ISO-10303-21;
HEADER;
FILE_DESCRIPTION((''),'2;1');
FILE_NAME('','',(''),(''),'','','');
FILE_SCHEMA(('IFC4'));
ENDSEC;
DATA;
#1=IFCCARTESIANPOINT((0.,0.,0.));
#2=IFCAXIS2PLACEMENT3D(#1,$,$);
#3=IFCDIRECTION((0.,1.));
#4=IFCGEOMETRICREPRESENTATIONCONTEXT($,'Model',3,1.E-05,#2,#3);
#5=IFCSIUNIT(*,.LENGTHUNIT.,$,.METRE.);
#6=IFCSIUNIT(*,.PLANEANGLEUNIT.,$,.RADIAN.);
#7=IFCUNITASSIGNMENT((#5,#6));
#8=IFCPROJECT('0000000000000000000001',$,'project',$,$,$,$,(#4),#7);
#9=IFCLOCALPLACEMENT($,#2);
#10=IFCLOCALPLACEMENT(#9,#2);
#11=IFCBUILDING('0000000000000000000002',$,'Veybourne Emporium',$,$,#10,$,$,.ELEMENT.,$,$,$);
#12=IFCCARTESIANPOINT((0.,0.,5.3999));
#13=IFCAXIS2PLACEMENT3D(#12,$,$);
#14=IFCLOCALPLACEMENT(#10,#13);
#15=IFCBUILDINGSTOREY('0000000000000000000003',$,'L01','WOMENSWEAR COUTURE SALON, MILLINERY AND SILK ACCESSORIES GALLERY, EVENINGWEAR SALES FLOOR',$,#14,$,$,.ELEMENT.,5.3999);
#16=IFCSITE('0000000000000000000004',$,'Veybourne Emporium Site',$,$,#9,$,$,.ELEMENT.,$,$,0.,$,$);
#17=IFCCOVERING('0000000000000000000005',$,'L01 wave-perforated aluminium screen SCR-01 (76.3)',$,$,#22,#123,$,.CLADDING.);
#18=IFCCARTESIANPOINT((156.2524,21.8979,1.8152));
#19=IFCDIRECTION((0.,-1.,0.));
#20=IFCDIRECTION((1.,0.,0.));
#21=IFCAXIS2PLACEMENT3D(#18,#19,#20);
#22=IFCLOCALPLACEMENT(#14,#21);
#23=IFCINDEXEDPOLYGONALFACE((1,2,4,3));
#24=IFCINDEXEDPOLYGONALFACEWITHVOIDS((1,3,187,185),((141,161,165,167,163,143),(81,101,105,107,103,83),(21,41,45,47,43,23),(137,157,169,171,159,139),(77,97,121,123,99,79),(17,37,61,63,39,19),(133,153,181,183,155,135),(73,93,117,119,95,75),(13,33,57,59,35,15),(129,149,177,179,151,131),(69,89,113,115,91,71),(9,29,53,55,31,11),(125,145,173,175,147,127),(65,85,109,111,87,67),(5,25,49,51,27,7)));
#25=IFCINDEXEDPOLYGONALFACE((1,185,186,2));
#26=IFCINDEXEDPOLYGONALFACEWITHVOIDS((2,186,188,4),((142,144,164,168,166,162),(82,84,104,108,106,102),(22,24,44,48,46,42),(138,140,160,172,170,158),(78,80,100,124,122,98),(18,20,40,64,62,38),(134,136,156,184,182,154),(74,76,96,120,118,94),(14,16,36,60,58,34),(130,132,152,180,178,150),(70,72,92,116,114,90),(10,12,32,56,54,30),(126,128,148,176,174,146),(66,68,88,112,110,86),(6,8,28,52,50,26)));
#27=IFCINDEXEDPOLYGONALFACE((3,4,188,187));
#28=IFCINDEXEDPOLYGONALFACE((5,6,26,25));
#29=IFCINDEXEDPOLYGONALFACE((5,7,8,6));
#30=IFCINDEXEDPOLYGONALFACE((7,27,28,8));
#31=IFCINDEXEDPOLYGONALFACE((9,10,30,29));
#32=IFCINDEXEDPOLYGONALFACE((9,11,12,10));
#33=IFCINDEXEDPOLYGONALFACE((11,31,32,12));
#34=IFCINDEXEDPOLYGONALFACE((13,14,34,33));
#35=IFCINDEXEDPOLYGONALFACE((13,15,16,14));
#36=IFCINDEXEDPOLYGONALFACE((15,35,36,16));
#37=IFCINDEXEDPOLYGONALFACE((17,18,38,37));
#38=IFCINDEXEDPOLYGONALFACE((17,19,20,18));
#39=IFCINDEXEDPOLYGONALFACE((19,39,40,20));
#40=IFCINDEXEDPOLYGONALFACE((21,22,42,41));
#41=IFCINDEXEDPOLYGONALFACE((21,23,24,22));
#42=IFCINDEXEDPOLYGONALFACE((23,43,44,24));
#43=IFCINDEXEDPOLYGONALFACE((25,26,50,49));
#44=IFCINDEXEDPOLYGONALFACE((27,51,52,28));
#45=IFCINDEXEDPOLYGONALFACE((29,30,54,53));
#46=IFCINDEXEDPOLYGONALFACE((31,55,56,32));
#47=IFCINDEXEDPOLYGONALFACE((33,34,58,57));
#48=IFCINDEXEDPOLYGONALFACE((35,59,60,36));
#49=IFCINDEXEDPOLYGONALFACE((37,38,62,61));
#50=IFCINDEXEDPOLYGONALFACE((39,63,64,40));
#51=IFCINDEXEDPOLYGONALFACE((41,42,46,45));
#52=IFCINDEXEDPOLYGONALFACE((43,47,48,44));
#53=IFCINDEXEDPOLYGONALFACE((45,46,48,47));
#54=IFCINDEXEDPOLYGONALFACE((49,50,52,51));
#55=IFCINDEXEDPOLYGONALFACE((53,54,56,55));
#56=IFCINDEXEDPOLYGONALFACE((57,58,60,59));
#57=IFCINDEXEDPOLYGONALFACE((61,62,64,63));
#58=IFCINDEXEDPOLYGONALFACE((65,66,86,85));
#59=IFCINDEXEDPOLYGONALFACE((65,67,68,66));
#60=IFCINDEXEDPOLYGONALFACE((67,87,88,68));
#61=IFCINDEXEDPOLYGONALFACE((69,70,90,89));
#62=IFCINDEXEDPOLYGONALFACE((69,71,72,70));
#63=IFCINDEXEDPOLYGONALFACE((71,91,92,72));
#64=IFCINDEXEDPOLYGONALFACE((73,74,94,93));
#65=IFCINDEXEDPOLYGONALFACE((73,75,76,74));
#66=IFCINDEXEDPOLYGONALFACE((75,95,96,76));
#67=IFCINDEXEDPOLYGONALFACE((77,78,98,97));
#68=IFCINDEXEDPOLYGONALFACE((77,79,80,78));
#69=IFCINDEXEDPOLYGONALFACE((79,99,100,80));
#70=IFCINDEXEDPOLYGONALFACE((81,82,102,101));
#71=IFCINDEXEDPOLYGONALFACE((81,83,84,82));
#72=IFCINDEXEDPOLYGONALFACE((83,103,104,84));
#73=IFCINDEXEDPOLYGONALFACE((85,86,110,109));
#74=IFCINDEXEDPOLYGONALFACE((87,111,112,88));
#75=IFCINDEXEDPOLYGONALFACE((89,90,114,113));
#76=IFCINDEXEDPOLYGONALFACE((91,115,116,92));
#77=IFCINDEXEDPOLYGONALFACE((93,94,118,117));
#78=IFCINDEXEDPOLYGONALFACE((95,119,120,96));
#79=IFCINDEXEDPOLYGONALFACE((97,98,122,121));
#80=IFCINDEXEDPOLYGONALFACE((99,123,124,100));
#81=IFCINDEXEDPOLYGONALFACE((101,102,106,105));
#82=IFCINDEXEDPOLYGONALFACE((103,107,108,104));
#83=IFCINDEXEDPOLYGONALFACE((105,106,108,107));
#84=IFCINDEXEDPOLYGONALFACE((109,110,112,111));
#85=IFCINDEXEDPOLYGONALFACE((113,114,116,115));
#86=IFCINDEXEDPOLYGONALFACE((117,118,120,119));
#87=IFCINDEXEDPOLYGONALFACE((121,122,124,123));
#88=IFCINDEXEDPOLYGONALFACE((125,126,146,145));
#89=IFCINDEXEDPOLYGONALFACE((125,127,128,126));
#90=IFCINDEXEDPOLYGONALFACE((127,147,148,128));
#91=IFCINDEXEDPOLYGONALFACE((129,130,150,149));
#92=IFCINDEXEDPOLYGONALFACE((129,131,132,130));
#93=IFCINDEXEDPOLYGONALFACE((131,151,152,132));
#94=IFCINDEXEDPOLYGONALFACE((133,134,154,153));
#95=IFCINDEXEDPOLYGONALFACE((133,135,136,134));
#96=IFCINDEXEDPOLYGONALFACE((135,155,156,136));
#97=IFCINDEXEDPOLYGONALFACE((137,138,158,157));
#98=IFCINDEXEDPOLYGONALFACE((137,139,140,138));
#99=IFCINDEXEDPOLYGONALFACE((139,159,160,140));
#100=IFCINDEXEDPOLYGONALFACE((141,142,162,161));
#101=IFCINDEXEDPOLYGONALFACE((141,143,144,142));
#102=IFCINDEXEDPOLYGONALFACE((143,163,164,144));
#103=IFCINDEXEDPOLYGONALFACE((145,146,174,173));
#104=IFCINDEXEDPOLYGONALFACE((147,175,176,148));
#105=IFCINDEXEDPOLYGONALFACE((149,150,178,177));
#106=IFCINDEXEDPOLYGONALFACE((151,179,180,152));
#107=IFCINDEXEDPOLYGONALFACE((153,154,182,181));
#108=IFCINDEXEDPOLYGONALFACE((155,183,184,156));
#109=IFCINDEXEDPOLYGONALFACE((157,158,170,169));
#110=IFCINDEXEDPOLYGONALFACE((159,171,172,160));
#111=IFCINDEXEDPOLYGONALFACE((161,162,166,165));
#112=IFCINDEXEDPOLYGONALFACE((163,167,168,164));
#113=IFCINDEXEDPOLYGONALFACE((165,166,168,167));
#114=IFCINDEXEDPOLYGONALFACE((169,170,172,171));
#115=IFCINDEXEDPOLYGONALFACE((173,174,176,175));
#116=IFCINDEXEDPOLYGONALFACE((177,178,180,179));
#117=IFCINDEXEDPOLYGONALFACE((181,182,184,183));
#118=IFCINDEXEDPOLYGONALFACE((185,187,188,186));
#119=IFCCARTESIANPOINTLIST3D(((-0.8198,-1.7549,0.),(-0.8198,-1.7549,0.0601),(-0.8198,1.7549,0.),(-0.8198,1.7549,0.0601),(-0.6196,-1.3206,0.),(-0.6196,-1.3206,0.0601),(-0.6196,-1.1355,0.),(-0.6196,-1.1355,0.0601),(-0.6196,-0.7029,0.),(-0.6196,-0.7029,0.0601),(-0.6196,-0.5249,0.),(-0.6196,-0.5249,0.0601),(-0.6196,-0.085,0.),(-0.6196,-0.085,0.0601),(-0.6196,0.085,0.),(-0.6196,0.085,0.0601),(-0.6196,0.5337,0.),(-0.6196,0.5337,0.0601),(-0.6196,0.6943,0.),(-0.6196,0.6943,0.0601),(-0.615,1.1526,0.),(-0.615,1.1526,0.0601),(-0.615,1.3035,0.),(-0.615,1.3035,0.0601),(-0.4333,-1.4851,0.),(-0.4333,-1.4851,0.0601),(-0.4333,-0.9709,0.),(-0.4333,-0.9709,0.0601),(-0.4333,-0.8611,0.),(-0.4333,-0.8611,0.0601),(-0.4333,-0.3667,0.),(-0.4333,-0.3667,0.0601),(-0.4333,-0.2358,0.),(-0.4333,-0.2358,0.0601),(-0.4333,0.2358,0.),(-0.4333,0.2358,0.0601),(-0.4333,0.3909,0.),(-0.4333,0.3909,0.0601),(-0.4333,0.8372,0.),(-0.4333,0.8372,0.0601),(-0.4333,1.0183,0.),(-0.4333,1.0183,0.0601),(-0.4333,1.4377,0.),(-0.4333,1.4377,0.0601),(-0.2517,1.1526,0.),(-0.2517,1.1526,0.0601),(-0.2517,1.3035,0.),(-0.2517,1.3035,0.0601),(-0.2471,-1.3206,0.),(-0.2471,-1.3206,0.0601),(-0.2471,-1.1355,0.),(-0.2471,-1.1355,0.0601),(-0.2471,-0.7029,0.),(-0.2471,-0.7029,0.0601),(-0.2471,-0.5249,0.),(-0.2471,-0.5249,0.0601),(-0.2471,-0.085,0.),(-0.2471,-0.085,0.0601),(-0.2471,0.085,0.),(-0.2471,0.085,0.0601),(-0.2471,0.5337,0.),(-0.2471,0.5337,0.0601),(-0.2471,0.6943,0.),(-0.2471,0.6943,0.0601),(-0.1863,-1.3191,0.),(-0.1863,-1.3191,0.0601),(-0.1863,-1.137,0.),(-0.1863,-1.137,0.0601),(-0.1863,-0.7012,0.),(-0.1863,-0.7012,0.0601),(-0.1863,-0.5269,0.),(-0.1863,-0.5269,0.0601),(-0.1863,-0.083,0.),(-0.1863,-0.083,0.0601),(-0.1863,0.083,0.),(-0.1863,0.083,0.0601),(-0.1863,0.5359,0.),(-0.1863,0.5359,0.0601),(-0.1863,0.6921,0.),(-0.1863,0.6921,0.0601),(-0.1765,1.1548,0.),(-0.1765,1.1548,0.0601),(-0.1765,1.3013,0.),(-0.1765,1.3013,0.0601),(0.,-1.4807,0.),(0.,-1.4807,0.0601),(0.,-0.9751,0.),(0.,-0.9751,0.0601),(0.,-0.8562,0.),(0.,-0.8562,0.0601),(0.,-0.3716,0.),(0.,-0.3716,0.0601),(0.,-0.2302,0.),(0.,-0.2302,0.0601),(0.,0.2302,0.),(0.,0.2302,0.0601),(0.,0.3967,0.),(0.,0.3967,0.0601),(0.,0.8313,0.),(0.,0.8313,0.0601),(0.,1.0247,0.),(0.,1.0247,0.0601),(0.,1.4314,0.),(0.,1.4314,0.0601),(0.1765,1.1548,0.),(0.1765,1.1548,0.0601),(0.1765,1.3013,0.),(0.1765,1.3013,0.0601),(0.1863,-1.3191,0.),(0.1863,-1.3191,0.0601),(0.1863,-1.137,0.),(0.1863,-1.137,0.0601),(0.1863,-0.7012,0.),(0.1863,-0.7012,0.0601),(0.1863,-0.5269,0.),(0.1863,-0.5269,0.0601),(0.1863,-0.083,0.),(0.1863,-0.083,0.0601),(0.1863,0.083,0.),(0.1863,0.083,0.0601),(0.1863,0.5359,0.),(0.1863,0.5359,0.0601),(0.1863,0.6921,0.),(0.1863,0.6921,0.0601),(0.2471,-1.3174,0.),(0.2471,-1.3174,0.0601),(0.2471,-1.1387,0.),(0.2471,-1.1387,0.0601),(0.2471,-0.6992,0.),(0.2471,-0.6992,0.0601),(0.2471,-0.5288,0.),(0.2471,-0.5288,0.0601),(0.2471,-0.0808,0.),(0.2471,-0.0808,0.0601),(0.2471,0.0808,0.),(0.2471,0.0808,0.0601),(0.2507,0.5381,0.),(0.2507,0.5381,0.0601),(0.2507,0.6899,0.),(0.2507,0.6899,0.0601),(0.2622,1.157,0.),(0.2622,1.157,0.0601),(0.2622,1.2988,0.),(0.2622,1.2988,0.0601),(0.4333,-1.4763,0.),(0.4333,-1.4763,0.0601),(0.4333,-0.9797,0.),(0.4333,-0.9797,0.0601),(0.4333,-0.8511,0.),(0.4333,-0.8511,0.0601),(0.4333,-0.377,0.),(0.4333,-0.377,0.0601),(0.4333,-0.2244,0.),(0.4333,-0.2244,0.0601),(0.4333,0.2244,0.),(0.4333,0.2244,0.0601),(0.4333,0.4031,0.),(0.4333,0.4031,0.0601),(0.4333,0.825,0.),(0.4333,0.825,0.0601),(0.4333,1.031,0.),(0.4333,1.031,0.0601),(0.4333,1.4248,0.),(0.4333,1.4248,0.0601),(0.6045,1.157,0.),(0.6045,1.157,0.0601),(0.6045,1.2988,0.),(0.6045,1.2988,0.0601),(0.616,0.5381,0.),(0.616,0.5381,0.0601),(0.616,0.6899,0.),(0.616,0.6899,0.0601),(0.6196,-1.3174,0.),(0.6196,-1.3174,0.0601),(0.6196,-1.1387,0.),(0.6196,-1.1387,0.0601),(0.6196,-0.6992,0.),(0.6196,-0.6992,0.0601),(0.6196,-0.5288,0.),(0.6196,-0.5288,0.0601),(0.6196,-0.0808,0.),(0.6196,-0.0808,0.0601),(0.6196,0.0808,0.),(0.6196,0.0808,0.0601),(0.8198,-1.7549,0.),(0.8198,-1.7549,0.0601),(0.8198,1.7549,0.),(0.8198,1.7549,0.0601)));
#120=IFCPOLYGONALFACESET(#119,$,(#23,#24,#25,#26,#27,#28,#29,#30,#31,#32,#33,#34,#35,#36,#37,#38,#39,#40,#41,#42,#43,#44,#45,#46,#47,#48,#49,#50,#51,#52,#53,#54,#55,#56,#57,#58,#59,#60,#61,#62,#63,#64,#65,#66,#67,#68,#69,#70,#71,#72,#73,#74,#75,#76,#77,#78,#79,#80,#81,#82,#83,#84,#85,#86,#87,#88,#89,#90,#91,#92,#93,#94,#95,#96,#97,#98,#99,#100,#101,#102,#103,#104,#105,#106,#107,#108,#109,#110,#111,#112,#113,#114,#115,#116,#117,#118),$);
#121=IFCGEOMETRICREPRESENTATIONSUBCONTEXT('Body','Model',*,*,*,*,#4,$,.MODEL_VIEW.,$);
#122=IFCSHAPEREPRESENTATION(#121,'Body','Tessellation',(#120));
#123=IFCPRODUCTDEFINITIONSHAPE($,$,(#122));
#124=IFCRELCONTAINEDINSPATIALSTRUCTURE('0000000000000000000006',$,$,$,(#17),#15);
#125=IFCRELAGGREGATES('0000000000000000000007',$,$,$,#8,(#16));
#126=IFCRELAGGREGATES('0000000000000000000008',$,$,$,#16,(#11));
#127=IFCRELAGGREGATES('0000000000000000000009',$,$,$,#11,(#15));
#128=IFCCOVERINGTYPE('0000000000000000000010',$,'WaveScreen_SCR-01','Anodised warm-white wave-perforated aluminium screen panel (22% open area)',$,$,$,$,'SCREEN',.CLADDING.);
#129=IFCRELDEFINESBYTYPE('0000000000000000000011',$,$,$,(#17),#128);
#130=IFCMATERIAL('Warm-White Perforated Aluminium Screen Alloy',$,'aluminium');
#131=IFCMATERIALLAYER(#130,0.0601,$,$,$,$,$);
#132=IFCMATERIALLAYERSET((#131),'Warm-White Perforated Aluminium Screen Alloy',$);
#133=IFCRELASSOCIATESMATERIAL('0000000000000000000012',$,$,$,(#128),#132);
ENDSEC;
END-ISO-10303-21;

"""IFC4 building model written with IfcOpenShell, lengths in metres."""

from ifc_helpers import new_model, si_unit, direction, frame, origin, place, context, subcontext, project, spatial, polyline, outline, extrude, material, layer, layer_set, type_object, element, save


model = new_model("IFC4")

# Units and contexts
model_context = context("Model", 3, precision=1e-05, world=origin(), true_north=direction((0.0, 1.0)))
body_context = subcontext(model_context, "Body", "Model", "MODEL_VIEW")
ifc_project = project(units=[si_unit("LENGTHUNIT", "METRE"), si_unit("PLANEANGLEUNIT", "RADIAN")], contexts=[model_context])

# Site, building, storey
site_placement = place(None, origin())
site = spatial("IfcSite", under=ifc_project, at=site_placement, Name="Veybourne Emporium Site", CompositionType="ELEMENT", RefElevation=0.0)
building_placement = place(site_placement, origin())
building = spatial("IfcBuilding", under=site, at=building_placement, Name="Veybourne Emporium", CompositionType="ELEMENT")
storey_placement = place(building_placement, frame((0.0, 0.0, 5.3999)))
storey = spatial("IfcBuildingStorey", under=building, at=storey_placement, Name="L01", Description="WOMENSWEAR COUTURE SALON, MILLINERY AND SILK ACCESSORIES GALLERY, EVENINGWEAR SALES FLOOR", CompositionType="ELEMENT", Elevation=5.3999)

# Covering
ifc_material_1 = material(Name="Warm-White Perforated Aluminium Screen Alloy", Category="aluminium")
ifc_layer_1 = layer(ifc_material_1, 0.0601)
ifc_layer_set_1 = layer_set([ifc_layer_1], Name="Warm-White Perforated Aluminium Screen Alloy")
covering_type_1 = type_object("IfcCoveringType", Name="WaveScreen_SCR-01", Description="Anodised warm-white wave-perforated aluminium screen panel (22% open area)", ElementType="SCREEN", PredefinedType="CLADDING", material=ifc_layer_set_1)
covering_1_placement = place(storey_placement, frame((156.2524, 21.8979, 1.8152), z_axis=(0.0, -1.0, 0.0), x_axis=(1.0, 0.0, 0.0)))
element("IfcCovering", 1, at=covering_1_placement, inside=storey, type_object=covering_type_1, Name="L01 wave-perforated aluminium screen SCR-01 (76.3)", PredefinedType="CLADDING", context=body_context, shape_type="SweptSolid", body=[
    extrude(outline(polyline([(-0.8198, -1.7549), (0.8198, -1.7549), (0.8198, 1.7549), (-0.8198, 1.7549), (-0.8198, -1.7549)]), holes=[polyline([(-0.4333, -0.9709), (-0.2471, -1.1355), (-0.2471, -1.3206), (-0.4333, -1.4851), (-0.6196, -1.3206), (-0.6196, -1.1355), (-0.4333, -0.9709)]), polyline([(-0.4333, -0.3667), (-0.2471, -0.5249), (-0.2471, -0.7029), (-0.4333, -0.8611), (-0.6196, -0.7029), (-0.6196, -0.5249), (-0.4333, -0.3667)]), polyline([(-0.4333, 0.2358), (-0.2471, 0.085), (-0.2471, -0.085), (-0.4333, -0.2358), (-0.6196, -0.085), (-0.6196, 0.085), (-0.4333, 0.2358)]), polyline([(-0.4333, 0.8372), (-0.2471, 0.6943), (-0.2471, 0.5337), (-0.4333, 0.3909), (-0.6196, 0.5337), (-0.6196, 0.6943), (-0.4333, 0.8372)]), polyline([(-0.4333, 1.4377), (-0.2517, 1.3035), (-0.2517, 1.1526), (-0.4333, 1.0183), (-0.615, 1.1526), (-0.615, 1.3035), (-0.4333, 1.4377)]), polyline([(0.0, -0.9751), (0.1863, -1.137), (0.1863, -1.3191), (0.0, -1.4807), (-0.1863, -1.3191), (-0.1863, -1.137), (0.0, -0.9751)]), polyline([(0.0, -0.3716), (0.1863, -0.5269), (0.1863, -0.7012), (0.0, -0.8562), (-0.1863, -0.7012), (-0.1863, -0.5269), (0.0, -0.3716)]), polyline([(0.0, 0.2302), (0.1863, 0.083), (0.1863, -0.083), (0.0, -0.2302), (-0.1863, -0.083), (-0.1863, 0.083), (0.0, 0.2302)]), polyline([(0.0, 0.8313), (0.1863, 0.6921), (0.1863, 0.5359), (0.0, 0.3967), (-0.1863, 0.5359), (-0.1863, 0.6921), (0.0, 0.8313)]), polyline([(0.0, 1.4314), (0.1765, 1.3013), (0.1765, 1.1548), (0.0, 1.0247), (-0.1765, 1.1548), (-0.1765, 1.3013), (0.0, 1.4314)]), polyline([(0.4333, -0.9797), (0.6196, -1.1387), (0.6196, -1.3174), (0.4333, -1.4763), (0.2471, -1.3174), (0.2471, -1.1387), (0.4333, -0.9797)]), polyline([(0.4333, -0.377), (0.6196, -0.5288), (0.6196, -0.6992), (0.4333, -0.8511), (0.2471, -0.6992), (0.2471, -0.5288), (0.4333, -0.377)]), polyline([(0.4333, 0.2244), (0.6196, 0.0808), (0.6196, -0.0808), (0.4333, -0.2244), (0.2471, -0.0808), (0.2471, 0.0808), (0.4333, 0.2244)]), polyline([(0.4333, 0.825), (0.616, 0.6899), (0.616, 0.5381), (0.4333, 0.4031), (0.2507, 0.5381), (0.2507, 0.6899), (0.4333, 0.825)]), polyline([(0.4333, 1.4248), (0.6045, 1.2988), (0.6045, 1.157), (0.4333, 1.031), (0.2622, 1.157), (0.2622, 1.2988), (0.4333, 1.4248)])]), origin(), (0.0, 0.0, 1.0), 0.0601),
])

save(model, "model.ifc")
